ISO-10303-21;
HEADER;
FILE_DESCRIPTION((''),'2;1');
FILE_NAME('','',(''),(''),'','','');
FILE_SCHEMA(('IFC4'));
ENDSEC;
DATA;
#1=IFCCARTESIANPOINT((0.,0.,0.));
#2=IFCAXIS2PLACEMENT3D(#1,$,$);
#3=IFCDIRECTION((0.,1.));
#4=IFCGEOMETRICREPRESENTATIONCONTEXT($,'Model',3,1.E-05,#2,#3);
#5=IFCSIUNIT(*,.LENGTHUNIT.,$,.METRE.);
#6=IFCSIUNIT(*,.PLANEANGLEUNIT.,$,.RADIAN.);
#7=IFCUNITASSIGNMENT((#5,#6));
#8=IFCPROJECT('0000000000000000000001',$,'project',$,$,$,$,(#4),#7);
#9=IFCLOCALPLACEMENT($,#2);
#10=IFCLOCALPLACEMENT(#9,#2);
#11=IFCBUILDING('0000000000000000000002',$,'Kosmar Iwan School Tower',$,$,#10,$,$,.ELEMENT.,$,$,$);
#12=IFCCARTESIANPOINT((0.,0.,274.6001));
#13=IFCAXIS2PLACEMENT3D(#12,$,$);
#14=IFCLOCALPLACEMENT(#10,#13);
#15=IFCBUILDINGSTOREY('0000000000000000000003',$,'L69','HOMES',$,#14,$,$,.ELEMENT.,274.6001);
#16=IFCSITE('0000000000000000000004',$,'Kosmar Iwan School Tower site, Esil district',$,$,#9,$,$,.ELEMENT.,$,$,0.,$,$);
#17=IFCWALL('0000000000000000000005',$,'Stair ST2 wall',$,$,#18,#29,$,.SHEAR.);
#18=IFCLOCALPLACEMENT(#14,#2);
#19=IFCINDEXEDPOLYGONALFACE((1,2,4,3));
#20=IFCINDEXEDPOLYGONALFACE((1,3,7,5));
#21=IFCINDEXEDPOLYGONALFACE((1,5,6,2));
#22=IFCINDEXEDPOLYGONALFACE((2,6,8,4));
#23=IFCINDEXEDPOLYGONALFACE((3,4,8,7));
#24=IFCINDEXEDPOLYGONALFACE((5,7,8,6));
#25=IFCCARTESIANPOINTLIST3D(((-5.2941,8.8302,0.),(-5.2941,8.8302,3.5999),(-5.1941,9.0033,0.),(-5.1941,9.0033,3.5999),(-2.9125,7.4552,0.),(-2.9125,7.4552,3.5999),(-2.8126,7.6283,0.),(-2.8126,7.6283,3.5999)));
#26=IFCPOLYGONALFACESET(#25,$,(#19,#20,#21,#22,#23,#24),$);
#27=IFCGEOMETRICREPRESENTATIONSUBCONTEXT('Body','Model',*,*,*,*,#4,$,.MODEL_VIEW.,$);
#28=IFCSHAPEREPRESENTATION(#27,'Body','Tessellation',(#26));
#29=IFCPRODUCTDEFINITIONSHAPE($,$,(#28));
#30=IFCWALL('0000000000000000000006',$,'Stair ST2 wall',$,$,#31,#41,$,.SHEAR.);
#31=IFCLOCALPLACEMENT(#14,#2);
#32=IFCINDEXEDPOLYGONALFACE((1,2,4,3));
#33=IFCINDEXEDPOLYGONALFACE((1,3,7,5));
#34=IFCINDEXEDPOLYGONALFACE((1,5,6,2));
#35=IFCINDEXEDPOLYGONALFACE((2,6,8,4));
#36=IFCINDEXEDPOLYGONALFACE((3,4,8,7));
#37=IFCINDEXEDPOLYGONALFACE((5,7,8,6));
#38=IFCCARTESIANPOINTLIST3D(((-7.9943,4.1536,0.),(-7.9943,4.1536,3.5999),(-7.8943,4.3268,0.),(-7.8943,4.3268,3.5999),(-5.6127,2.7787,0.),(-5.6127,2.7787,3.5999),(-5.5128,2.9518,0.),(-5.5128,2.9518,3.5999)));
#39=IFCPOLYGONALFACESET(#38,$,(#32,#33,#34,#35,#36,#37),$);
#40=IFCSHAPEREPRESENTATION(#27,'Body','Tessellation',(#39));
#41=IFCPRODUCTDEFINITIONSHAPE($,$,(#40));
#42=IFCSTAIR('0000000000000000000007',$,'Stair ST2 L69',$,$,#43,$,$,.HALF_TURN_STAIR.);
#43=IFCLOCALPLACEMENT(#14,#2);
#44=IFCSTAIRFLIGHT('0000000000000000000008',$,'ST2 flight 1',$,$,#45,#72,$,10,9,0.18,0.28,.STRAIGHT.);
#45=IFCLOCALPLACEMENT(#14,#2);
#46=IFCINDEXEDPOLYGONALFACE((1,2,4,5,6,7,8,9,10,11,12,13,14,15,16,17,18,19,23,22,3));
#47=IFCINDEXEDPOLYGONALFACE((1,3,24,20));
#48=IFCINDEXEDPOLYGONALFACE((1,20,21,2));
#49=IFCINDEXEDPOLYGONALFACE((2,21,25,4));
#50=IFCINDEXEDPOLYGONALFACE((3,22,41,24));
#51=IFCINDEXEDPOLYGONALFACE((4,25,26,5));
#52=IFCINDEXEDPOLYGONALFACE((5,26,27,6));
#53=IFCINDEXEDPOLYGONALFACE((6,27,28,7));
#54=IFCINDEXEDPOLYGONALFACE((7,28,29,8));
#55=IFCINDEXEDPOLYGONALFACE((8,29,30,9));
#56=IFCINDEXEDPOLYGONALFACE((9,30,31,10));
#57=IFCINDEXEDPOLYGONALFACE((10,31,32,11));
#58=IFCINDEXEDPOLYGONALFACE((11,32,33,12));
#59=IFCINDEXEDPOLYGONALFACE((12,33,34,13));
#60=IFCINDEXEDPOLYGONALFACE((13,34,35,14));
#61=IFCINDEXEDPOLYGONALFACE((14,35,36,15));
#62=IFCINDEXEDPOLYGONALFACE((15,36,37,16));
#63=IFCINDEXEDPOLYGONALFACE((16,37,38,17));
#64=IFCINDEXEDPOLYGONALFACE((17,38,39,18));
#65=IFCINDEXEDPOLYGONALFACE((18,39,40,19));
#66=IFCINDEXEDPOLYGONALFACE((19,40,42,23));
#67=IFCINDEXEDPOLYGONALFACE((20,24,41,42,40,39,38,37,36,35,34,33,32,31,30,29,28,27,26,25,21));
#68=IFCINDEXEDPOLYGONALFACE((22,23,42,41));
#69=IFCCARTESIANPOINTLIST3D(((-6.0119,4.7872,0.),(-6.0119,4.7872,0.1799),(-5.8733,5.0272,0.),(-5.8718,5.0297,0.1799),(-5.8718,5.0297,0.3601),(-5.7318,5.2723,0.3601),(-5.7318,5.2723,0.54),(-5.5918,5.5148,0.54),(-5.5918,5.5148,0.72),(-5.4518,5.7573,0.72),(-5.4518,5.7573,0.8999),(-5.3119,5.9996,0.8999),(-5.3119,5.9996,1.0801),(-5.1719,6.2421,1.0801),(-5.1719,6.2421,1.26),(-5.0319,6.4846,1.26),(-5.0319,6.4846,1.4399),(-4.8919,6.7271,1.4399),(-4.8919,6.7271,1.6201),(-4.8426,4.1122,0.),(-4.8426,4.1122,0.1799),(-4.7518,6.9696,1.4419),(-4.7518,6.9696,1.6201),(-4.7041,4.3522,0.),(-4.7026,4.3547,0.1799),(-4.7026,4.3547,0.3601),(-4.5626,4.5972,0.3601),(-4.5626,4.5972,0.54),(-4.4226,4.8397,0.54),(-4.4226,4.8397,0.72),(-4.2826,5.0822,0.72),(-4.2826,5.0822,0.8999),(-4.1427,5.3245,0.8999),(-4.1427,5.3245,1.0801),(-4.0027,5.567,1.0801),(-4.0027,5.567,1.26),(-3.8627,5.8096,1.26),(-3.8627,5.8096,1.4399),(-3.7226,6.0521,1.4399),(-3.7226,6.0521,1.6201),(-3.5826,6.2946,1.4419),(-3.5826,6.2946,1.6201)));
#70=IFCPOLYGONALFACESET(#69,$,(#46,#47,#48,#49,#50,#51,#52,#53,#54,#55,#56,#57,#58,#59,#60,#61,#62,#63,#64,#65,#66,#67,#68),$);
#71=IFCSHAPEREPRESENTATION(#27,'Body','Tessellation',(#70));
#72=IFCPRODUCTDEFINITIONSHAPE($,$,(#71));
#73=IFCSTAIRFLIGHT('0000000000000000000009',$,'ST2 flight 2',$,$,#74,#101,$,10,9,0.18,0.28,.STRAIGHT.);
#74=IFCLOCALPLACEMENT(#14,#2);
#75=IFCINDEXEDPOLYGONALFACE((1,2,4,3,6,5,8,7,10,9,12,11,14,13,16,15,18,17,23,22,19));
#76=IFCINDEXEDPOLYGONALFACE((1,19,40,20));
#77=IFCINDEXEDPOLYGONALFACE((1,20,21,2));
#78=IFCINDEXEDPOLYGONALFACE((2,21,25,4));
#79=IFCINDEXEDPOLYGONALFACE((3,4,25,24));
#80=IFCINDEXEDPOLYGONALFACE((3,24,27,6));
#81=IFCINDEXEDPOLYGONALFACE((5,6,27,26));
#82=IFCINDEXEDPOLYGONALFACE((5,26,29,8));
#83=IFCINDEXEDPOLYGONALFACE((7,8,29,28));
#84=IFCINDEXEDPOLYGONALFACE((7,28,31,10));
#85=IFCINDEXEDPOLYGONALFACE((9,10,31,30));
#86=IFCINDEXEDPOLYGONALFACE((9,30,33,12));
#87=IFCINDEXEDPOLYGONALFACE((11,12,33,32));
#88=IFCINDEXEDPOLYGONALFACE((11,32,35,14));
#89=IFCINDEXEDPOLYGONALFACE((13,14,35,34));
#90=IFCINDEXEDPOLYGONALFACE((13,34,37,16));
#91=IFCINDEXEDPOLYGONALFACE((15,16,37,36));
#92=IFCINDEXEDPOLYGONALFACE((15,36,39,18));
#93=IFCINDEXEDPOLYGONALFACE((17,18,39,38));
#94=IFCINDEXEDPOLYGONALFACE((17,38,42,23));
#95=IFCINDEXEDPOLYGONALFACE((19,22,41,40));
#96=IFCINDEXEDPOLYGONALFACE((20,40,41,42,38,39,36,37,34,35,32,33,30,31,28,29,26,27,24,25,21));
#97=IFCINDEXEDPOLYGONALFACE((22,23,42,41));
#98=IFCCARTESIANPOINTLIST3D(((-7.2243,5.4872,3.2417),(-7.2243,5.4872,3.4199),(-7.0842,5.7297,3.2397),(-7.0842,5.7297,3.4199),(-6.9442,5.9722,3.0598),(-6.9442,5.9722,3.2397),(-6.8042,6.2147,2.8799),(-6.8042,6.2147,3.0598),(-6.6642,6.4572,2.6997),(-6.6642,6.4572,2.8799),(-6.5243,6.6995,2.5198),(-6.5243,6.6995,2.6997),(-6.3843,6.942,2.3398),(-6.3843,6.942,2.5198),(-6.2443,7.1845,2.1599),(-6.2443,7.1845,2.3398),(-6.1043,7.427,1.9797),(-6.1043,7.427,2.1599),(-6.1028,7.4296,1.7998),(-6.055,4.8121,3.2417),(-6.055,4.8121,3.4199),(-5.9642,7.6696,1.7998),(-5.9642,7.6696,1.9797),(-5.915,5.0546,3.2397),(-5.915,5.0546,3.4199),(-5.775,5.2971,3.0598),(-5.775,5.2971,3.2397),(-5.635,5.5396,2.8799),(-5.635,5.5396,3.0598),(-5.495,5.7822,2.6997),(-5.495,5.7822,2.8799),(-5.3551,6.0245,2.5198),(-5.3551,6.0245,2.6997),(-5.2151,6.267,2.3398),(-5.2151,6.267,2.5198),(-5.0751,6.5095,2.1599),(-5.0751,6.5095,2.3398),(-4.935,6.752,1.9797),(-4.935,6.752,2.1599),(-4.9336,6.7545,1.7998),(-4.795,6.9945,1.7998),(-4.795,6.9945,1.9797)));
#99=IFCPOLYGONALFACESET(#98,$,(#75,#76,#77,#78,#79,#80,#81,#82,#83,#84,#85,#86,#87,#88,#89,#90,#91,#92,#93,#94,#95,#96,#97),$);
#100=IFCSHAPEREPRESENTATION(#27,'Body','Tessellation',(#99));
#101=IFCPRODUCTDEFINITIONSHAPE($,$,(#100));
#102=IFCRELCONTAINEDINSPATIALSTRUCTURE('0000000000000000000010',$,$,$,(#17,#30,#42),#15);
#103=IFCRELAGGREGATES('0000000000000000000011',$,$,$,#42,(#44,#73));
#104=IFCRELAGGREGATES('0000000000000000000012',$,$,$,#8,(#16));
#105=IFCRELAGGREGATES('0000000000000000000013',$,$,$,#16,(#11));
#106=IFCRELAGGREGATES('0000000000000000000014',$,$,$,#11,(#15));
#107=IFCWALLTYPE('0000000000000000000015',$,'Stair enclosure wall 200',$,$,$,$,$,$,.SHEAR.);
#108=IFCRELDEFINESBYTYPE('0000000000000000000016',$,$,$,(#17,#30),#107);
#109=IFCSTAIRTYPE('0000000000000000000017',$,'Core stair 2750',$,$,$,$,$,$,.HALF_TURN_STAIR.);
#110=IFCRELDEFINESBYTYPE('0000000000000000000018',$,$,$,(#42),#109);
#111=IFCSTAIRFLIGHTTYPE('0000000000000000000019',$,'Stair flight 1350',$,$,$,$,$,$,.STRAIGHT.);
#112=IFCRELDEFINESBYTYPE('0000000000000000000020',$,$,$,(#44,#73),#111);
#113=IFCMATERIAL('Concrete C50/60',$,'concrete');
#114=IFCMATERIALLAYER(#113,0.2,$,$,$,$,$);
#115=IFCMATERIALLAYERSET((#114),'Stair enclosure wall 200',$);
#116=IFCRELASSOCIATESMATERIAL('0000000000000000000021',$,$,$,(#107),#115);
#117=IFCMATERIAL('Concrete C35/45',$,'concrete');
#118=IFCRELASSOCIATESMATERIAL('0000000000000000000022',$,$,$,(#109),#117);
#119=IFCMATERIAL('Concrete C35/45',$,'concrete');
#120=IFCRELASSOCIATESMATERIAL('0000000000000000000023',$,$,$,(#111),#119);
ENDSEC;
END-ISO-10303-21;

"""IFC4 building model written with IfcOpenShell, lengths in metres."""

from ifc_helpers import new_model, si_unit, direction, frame, frame_2d, origin, place, context, subcontext, project, spatial, polyline, rectangle, outline, extrude, material, layer, layer_set, type_object, element, aggregate, save


model = new_model("IFC4")

# Units and contexts
model_context = context("Model", 3, precision=1e-05, world=origin(), true_north=direction((0.0, 1.0)))
body_context = subcontext(model_context, "Body", "Model", "MODEL_VIEW")
ifc_project = project(units=[si_unit("LENGTHUNIT", "METRE"), si_unit("PLANEANGLEUNIT", "RADIAN")], contexts=[model_context])

# Site, building, storey
site_placement = place(None, origin())
site = spatial("IfcSite", under=ifc_project, at=site_placement, Name="Kosmar Iwan School Tower site, Esil district", CompositionType="ELEMENT", RefElevation=0.0)
building_placement = place(site_placement, origin())
building = spatial("IfcBuilding", under=site, at=building_placement, Name="Kosmar Iwan School Tower", CompositionType="ELEMENT")
storey_placement = place(building_placement, frame((0.0, 0.0, 274.6001)))
storey = spatial("IfcBuildingStorey", under=building, at=storey_placement, Name="L69", Description="HOMES", CompositionType="ELEMENT", Elevation=274.6001)

# Walls
ifc_material_1 = material(Name="Concrete C50/60", Category="concrete")
ifc_layer_1 = layer(ifc_material_1, 0.2)
ifc_layer_set_1 = layer_set([ifc_layer_1], Name="Stair enclosure wall 200")
wall_type_1 = type_object("IfcWallType", Name="Stair enclosure wall 200", PredefinedType="SHEAR", material=ifc_layer_set_1)
for number, where, z_axis, x_axis, name in (
    (1, (-2.8625, 7.5417, 0.0), (0.0, 0.0, 1.0), (-0.866027, 0.499997, 0.0), "Stair ST2 wall"),
    (2, (-5.5627, 2.8652, 0.0), (0.0, 0.0, 1.0), (-0.866027, 0.499997, 0.0), "Stair ST2 wall"),
):
    element("IfcWall", number, at=place(storey_placement, frame(where, z_axis=z_axis, x_axis=x_axis)), inside=storey, type_object=wall_type_1, Name=name, PredefinedType="SHEAR", context=body_context, shape_type="SweptSolid", body=[
        extrude(rectangle(XDim=2.75, YDim=0.2, at=frame_2d((1.375, 0.0))), origin(), (0.0, 0.0, 1.0), 3.5999),
    ])

# Stair, stair flights
ifc_material_2 = material(Name="Concrete C35/45", Category="concrete")
stair_type = type_object("IfcStairType", Name="Core stair 2750", PredefinedType="HALF_TURN_STAIR", material=ifc_material_2)
stair_placement = place(storey_placement, origin())
stair = element("IfcStair", 3, at=stair_placement, inside=storey, type_object=stair_type, Name="Stair ST2 L69", PredefinedType="HALF_TURN_STAIR")
ifc_material_3 = material(Name="Concrete C35/45", Category="concrete")
stair_flight_type = type_object("IfcStairFlightType", Name="Stair flight 1350", PredefinedType="STRAIGHT", material=ifc_material_3)
stair_flight_1_placement = place(storey_placement, frame((-5.4272, 4.4497, 0.0), z_axis=(0.0, 0.0, 1.0), x_axis=(0.5, 0.866025, 0.0)))
stair_flight_1 = element("IfcStairFlight", 4, at=stair_flight_1_placement, type_object=stair_flight_type, Name="ST2 flight 1", NumberOfRisers=10, NumberOfTreads=9, PredefinedType="STRAIGHT", RiserHeight=0.18, TreadLength=0.28, context=body_context, shape_type="SweptSolid", body=[
    extrude(outline(polyline([(0.0, 0.0), (0.0, 0.1799), (0.28, 0.1799), (0.28, 0.3601), (0.5601, 0.3601), (0.5601, 0.54), (0.8401, 0.54), (0.8401, 0.72), (1.1201, 0.72), (1.1201, 0.8999), (1.3999, 0.8999), (1.3999, 1.0801), (1.6799, 1.0801), (1.6799, 1.26), (1.96, 1.26), (1.96, 1.4399), (2.24, 1.4399), (2.24, 1.6201), (2.52, 1.6201), (2.52, 1.8), (2.52, 1.4419), (0.2771, 0.0), (0.0, 0.0)])), frame((0.0, 0.675, 0.0), z_axis=(0.0, -1.0, 0.0), x_axis=(1.0, 0.0, 0.0)), (0.0, 0.0, 1.0), 1.3501),
])
stair_flight_2_placement = place(storey_placement, frame((-5.3796, 7.332, 1.7998), z_axis=(0.0, 0.0, 1.0), x_axis=(-0.5, -0.866025, 0.0)))
stair_flight_2 = element("IfcStairFlight", 5, at=stair_flight_2_placement, type_object=stair_flight_type, Name="ST2 flight 2", NumberOfRisers=10, NumberOfTreads=9, PredefinedType="STRAIGHT", RiserHeight=0.18, TreadLength=0.28, context=body_context, shape_type="SweptSolid", body=[
    extrude(outline(polyline([(0.0, 0.0), (0.0, 0.1799), (0.28, 0.1799), (0.28, 0.3601), (0.5601, 0.3601), (0.5601, 0.54), (0.8401, 0.54), (0.8401, 0.72), (1.1201, 0.72), (1.1201, 0.8999), (1.3999, 0.8999), (1.3999, 1.0801), (1.6799, 1.0801), (1.6799, 1.26), (1.96, 1.26), (1.96, 1.4399), (2.24, 1.4399), (2.24, 1.6201), (2.52, 1.6201), (2.52, 1.8), (2.52, 1.4419), (0.2771, 0.0), (0.0, 0.0)])), frame((0.0, 0.675, 0.0), z_axis=(0.0, -1.0, 0.0), x_axis=(1.0, 0.0, 0.0)), (0.0, 0.0, 1.0), 1.3501),
])
aggregate(stair, [stair_flight_1, stair_flight_2])

save(model, "model.ifc")
